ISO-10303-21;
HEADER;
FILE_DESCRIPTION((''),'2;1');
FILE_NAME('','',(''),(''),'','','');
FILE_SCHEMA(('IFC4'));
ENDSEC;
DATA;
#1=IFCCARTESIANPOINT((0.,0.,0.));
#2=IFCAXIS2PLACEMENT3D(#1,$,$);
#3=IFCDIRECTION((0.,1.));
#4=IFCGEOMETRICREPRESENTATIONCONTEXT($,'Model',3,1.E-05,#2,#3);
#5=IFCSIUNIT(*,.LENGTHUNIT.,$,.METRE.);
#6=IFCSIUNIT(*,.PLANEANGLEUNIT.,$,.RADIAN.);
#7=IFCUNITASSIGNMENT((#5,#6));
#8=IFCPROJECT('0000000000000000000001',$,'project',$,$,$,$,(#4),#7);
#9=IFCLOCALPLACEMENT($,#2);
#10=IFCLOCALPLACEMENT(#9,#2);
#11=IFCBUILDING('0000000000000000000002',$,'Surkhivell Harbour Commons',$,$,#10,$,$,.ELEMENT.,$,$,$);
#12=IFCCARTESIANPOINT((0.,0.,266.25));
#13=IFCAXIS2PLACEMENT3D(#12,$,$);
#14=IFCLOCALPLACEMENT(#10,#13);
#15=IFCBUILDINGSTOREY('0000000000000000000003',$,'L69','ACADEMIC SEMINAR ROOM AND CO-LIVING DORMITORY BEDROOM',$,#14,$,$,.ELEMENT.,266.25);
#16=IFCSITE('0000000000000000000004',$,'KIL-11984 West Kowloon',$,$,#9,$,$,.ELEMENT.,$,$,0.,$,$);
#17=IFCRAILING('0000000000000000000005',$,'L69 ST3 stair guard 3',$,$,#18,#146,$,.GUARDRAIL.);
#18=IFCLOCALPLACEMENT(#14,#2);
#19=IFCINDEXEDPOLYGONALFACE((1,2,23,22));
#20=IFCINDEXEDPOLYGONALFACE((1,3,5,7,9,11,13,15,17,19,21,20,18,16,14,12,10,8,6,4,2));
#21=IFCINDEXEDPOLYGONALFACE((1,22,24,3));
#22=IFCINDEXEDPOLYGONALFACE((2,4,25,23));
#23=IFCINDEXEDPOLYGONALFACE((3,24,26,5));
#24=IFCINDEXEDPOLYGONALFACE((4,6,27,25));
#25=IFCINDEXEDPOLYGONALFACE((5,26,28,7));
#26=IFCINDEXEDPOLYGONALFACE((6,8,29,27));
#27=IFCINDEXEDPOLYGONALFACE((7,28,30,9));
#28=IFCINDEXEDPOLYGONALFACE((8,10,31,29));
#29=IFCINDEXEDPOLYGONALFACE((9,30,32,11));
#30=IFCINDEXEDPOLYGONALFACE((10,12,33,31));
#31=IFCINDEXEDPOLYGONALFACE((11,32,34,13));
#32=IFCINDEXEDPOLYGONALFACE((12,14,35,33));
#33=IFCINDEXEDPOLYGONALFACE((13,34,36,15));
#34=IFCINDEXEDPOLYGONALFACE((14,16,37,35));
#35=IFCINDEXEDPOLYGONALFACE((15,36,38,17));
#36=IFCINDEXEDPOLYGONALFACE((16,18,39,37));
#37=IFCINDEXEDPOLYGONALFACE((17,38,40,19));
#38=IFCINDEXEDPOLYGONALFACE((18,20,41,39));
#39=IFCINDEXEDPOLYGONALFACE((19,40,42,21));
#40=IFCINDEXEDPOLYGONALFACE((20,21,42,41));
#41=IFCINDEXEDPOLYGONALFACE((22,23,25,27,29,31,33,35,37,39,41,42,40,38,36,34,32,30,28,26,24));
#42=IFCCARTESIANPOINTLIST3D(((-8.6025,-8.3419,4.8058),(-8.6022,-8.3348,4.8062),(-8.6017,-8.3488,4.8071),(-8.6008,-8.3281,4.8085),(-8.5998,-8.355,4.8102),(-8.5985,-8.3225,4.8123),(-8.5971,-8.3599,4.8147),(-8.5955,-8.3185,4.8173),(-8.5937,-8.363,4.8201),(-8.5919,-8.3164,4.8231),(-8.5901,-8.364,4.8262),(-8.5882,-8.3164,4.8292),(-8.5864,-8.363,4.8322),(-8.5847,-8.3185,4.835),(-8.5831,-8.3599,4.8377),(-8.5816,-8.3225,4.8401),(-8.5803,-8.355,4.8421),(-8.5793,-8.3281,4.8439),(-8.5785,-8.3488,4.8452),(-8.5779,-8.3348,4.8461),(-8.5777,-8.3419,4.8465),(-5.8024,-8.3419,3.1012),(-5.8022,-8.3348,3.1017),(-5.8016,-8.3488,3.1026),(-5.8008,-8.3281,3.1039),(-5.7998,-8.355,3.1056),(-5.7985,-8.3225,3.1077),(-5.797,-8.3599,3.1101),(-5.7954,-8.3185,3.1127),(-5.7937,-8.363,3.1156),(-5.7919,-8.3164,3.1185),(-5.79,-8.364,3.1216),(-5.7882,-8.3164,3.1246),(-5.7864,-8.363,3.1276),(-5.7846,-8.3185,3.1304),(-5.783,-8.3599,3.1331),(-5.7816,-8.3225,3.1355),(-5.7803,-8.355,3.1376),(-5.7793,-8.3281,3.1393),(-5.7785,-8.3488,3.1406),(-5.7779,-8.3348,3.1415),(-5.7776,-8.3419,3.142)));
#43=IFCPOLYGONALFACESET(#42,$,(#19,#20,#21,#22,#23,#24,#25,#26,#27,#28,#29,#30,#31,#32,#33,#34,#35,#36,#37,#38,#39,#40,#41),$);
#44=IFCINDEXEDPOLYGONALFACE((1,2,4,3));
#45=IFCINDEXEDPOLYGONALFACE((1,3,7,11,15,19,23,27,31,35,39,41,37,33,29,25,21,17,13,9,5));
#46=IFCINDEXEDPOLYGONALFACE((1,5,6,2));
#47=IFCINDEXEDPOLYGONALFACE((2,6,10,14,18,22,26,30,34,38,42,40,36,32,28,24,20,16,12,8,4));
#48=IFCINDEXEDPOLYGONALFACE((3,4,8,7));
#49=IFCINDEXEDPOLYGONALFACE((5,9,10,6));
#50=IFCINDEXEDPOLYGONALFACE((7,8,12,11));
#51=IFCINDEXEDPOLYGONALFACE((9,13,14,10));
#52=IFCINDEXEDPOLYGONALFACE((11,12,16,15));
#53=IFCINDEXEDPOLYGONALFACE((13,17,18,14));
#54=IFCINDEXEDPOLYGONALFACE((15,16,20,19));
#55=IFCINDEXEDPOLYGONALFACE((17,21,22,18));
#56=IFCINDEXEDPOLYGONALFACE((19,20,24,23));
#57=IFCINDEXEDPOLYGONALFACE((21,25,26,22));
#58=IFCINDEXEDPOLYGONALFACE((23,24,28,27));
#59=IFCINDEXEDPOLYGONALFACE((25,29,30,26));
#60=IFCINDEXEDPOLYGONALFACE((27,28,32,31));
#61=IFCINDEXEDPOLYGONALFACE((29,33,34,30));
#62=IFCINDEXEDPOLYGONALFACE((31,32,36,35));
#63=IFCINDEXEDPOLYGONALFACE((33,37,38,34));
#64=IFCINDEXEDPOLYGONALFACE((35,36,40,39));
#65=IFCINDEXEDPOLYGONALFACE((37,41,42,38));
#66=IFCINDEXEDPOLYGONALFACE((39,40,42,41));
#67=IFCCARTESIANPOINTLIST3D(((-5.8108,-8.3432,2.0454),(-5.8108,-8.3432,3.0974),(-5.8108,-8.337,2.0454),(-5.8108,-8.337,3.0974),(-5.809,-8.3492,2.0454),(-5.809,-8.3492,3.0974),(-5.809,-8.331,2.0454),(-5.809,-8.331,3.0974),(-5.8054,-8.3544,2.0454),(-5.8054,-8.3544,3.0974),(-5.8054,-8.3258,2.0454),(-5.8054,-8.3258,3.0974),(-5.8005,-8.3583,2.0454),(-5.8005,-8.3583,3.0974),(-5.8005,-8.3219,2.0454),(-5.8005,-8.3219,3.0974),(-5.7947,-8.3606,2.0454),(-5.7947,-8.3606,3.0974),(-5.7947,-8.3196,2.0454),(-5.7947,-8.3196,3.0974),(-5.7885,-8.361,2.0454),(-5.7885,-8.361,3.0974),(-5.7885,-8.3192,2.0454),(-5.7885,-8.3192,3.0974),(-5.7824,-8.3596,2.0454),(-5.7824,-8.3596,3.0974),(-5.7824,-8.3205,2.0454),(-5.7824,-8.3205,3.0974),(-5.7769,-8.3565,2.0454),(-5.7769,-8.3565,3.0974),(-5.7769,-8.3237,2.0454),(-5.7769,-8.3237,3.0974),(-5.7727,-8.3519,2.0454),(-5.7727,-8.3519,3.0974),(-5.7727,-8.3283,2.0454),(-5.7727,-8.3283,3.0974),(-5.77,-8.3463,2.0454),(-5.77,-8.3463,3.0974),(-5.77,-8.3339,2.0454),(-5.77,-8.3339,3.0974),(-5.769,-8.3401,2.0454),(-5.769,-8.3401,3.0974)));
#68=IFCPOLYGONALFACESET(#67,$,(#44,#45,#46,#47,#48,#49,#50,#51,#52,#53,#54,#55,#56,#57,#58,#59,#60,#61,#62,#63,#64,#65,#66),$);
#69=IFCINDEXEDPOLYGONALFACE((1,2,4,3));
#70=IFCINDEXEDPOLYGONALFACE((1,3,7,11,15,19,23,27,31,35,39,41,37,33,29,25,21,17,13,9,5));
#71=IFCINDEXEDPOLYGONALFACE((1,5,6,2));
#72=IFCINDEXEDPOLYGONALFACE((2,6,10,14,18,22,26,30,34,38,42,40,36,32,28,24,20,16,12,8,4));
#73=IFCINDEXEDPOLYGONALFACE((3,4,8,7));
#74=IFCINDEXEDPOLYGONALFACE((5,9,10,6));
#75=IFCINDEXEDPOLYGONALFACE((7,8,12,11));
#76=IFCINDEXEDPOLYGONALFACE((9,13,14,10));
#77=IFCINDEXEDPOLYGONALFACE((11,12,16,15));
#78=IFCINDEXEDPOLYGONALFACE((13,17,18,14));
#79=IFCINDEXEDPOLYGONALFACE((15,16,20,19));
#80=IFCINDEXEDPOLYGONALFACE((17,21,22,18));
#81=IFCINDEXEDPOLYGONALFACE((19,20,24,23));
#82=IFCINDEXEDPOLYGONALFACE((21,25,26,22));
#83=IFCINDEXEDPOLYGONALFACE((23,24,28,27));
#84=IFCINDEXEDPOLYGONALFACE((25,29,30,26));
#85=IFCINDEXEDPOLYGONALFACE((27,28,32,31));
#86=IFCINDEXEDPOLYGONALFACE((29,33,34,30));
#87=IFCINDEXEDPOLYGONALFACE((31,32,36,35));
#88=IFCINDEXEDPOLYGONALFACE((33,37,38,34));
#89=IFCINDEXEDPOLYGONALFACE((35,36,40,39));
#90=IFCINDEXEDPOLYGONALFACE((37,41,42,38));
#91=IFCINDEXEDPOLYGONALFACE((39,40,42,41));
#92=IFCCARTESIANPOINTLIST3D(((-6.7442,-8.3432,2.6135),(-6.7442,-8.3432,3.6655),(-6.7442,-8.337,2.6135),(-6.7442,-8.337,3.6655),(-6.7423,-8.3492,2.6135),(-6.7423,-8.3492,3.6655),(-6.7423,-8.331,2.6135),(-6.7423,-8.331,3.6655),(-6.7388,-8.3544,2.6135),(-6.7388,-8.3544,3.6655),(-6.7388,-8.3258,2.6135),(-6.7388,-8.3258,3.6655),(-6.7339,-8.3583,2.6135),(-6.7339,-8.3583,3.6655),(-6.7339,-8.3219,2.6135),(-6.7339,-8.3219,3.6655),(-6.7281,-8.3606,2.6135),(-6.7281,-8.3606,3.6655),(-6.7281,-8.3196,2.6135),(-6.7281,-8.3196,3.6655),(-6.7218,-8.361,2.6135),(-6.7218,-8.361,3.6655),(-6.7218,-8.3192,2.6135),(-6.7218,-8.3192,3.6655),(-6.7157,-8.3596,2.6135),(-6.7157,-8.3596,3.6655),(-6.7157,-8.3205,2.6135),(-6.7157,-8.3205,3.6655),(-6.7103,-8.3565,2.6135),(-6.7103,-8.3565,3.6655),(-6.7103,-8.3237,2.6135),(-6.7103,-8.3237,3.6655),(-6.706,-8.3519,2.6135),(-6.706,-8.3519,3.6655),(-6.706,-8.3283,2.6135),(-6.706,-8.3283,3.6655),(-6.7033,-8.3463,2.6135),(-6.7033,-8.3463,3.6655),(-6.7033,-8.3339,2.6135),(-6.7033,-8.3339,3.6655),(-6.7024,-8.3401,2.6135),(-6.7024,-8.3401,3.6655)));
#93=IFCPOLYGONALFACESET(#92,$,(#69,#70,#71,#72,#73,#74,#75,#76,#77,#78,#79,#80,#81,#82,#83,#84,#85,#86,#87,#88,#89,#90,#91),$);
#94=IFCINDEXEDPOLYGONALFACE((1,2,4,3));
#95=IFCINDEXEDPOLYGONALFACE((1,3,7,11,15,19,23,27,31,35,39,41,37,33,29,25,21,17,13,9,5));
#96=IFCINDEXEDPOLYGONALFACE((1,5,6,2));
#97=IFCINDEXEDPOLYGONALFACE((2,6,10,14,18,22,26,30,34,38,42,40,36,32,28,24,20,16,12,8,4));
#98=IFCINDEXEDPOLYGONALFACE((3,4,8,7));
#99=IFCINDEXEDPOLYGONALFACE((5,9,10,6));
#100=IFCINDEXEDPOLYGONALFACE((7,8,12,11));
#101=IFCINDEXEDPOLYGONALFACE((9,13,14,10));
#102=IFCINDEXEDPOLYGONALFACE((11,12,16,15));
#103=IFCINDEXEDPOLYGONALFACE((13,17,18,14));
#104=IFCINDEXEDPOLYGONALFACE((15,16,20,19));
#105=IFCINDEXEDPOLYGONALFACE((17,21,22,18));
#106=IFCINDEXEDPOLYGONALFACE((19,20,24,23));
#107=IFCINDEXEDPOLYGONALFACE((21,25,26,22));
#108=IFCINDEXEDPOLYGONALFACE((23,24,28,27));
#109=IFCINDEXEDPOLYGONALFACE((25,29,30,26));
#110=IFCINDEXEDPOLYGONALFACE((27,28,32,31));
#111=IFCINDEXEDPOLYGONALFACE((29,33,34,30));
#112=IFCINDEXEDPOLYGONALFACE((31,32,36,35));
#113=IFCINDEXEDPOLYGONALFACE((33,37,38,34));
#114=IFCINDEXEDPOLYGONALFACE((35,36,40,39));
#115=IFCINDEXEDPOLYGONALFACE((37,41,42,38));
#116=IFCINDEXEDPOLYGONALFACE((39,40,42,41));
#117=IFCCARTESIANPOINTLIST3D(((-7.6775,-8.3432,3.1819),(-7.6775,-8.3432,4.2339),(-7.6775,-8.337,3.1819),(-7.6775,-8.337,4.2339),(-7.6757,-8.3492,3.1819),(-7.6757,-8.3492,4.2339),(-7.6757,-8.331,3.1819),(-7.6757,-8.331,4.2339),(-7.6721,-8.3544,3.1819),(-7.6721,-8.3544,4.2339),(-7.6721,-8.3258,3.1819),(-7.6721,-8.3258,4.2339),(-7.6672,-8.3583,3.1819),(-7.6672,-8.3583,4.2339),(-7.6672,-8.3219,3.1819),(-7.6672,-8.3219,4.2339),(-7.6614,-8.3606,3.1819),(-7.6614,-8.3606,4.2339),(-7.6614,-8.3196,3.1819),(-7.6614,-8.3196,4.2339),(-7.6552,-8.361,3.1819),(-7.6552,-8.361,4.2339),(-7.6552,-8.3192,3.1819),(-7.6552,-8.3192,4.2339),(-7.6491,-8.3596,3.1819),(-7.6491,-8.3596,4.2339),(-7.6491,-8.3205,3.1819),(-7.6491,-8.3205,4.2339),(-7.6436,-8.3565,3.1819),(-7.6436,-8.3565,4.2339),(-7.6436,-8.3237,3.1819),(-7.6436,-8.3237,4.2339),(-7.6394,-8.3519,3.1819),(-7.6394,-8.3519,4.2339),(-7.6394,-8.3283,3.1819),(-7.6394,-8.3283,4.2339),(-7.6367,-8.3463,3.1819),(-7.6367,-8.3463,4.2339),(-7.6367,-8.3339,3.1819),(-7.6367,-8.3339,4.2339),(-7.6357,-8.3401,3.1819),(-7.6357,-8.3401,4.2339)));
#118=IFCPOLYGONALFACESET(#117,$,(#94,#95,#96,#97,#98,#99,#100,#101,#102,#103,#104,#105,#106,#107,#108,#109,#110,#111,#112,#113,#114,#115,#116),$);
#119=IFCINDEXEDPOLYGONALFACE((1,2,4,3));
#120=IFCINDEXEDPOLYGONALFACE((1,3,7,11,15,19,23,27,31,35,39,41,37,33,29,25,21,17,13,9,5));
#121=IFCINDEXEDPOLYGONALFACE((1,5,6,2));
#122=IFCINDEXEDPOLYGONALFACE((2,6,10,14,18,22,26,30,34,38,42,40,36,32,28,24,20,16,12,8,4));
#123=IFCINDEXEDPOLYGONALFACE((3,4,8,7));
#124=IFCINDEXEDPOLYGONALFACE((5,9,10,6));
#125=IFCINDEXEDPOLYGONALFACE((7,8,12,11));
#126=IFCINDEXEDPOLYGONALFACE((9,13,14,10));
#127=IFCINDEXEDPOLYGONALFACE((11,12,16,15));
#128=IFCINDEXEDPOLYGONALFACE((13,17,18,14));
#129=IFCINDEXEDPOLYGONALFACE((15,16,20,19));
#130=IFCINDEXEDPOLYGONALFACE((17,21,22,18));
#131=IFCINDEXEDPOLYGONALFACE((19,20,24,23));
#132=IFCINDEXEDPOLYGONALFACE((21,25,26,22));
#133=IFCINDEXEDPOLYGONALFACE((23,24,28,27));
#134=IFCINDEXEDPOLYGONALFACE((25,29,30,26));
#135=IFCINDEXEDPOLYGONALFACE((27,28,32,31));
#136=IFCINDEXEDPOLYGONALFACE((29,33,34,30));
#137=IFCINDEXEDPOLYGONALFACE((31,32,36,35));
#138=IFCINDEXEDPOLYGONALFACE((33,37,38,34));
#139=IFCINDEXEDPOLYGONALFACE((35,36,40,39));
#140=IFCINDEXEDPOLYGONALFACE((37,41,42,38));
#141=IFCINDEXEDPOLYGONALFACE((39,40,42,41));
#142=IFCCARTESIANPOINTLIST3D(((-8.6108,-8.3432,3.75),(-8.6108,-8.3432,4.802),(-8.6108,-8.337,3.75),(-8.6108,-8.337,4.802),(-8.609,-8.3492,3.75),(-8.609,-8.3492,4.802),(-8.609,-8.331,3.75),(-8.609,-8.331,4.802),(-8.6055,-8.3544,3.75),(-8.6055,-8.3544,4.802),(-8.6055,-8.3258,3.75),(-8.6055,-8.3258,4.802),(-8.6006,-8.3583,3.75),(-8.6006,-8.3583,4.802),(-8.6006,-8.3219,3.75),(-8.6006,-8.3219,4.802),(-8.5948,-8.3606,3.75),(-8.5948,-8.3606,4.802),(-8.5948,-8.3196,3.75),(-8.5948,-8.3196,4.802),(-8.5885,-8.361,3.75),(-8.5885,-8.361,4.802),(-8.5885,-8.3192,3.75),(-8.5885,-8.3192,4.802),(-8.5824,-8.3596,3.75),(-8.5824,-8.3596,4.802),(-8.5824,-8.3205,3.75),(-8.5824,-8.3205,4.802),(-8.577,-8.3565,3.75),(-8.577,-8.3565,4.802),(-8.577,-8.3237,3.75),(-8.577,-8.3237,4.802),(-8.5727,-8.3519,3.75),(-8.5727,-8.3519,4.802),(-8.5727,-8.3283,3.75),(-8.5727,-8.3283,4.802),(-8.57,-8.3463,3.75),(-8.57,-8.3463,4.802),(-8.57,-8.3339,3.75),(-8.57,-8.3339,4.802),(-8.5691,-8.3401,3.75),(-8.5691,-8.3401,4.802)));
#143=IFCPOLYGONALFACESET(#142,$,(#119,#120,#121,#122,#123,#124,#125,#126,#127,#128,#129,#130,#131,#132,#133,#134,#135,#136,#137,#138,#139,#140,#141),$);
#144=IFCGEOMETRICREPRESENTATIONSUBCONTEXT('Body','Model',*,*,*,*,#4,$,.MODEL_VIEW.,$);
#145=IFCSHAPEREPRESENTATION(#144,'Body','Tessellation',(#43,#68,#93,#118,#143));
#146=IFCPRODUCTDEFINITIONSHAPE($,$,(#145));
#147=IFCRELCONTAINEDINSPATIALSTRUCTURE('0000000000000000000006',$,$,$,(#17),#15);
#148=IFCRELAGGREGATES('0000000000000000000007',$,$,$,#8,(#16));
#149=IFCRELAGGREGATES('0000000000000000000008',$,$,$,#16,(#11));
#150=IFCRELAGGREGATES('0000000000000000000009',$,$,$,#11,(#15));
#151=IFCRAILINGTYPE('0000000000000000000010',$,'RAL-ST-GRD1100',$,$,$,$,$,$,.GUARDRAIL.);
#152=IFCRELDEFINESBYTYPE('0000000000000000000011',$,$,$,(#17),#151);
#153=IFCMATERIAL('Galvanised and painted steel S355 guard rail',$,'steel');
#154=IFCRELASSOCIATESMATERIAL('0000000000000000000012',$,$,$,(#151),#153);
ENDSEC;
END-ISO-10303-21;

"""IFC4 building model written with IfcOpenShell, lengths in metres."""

from ifc_helpers import new_model, si_unit, direction, frame, origin, origin_2d, place, context, subcontext, project, spatial, circle, extrude, material, type_object, element, save


model = new_model("IFC4")

# Units and contexts
model_context = context("Model", 3, precision=1e-05, world=origin(), true_north=direction((0.0, 1.0)))
body_context = subcontext(model_context, "Body", "Model", "MODEL_VIEW")
ifc_project = project(units=[si_unit("LENGTHUNIT", "METRE"), si_unit("PLANEANGLEUNIT", "RADIAN")], contexts=[model_context])

# Site, building, storey
site_placement = place(None, origin())
site = spatial("IfcSite", under=ifc_project, at=site_placement, Name="KIL-11984 West Kowloon", CompositionType="ELEMENT", RefElevation=0.0)
building_placement = place(site_placement, origin())
building = spatial("IfcBuilding", under=site, at=building_placement, Name="Surkhivell Harbour Commons", CompositionType="ELEMENT")
storey_placement = place(building_placement, frame((0.0, 0.0, 266.25)))
storey = spatial("IfcBuildingStorey", under=building, at=storey_placement, Name="L69", Description="ACADEMIC SEMINAR ROOM AND CO-LIVING DORMITORY BEDROOM", CompositionType="ELEMENT", Elevation=266.25)

# Railing
ifc_material_1 = material(Name="Galvanised and painted steel S355 guard rail", Category="steel")
railing_type_1 = type_object("IfcRailingType", Name="RAL-ST-GRD1100", PredefinedType="GUARDRAIL", material=ifc_material_1)
railing_1_placement = place(storey_placement, frame((-5.79, -8.3401, 2.0454)))
element("IfcRailing", 1, at=railing_1_placement, inside=storey, type_object=railing_type_1, Name="L69 ST3 stair guard 3", PredefinedType="GUARDRAIL", context=body_context, shape_type="SweptSolid", body=[
    extrude(circle(Radius=0.0239, at=origin_2d()), frame((0.0, 0.0, 1.0762), z_axis=(-0.85417, 0.0, 0.519994), x_axis=(0.0, -1.0, 0.0)), (0.0, 0.0, 1.0), 3.2781),
    extrude(circle(Radius=0.021, at=origin_2d()), origin(), (0.0, 0.0, 1.0), 1.052),
    extrude(circle(Radius=0.021, at=origin_2d()), frame((-0.9333, 0.0, 0.5681)), (0.0, 0.0, 1.0), 1.052),
    extrude(circle(Radius=0.021, at=origin_2d()), frame((-1.8667, 0.0, 1.1365)), (0.0, 0.0, 1.0), 1.052),
    extrude(circle(Radius=0.021, at=origin_2d()), frame((-2.8, 0.0, 1.7046)), (0.0, 0.0, 1.0), 1.052),
])

save(model, "model.ifc")
